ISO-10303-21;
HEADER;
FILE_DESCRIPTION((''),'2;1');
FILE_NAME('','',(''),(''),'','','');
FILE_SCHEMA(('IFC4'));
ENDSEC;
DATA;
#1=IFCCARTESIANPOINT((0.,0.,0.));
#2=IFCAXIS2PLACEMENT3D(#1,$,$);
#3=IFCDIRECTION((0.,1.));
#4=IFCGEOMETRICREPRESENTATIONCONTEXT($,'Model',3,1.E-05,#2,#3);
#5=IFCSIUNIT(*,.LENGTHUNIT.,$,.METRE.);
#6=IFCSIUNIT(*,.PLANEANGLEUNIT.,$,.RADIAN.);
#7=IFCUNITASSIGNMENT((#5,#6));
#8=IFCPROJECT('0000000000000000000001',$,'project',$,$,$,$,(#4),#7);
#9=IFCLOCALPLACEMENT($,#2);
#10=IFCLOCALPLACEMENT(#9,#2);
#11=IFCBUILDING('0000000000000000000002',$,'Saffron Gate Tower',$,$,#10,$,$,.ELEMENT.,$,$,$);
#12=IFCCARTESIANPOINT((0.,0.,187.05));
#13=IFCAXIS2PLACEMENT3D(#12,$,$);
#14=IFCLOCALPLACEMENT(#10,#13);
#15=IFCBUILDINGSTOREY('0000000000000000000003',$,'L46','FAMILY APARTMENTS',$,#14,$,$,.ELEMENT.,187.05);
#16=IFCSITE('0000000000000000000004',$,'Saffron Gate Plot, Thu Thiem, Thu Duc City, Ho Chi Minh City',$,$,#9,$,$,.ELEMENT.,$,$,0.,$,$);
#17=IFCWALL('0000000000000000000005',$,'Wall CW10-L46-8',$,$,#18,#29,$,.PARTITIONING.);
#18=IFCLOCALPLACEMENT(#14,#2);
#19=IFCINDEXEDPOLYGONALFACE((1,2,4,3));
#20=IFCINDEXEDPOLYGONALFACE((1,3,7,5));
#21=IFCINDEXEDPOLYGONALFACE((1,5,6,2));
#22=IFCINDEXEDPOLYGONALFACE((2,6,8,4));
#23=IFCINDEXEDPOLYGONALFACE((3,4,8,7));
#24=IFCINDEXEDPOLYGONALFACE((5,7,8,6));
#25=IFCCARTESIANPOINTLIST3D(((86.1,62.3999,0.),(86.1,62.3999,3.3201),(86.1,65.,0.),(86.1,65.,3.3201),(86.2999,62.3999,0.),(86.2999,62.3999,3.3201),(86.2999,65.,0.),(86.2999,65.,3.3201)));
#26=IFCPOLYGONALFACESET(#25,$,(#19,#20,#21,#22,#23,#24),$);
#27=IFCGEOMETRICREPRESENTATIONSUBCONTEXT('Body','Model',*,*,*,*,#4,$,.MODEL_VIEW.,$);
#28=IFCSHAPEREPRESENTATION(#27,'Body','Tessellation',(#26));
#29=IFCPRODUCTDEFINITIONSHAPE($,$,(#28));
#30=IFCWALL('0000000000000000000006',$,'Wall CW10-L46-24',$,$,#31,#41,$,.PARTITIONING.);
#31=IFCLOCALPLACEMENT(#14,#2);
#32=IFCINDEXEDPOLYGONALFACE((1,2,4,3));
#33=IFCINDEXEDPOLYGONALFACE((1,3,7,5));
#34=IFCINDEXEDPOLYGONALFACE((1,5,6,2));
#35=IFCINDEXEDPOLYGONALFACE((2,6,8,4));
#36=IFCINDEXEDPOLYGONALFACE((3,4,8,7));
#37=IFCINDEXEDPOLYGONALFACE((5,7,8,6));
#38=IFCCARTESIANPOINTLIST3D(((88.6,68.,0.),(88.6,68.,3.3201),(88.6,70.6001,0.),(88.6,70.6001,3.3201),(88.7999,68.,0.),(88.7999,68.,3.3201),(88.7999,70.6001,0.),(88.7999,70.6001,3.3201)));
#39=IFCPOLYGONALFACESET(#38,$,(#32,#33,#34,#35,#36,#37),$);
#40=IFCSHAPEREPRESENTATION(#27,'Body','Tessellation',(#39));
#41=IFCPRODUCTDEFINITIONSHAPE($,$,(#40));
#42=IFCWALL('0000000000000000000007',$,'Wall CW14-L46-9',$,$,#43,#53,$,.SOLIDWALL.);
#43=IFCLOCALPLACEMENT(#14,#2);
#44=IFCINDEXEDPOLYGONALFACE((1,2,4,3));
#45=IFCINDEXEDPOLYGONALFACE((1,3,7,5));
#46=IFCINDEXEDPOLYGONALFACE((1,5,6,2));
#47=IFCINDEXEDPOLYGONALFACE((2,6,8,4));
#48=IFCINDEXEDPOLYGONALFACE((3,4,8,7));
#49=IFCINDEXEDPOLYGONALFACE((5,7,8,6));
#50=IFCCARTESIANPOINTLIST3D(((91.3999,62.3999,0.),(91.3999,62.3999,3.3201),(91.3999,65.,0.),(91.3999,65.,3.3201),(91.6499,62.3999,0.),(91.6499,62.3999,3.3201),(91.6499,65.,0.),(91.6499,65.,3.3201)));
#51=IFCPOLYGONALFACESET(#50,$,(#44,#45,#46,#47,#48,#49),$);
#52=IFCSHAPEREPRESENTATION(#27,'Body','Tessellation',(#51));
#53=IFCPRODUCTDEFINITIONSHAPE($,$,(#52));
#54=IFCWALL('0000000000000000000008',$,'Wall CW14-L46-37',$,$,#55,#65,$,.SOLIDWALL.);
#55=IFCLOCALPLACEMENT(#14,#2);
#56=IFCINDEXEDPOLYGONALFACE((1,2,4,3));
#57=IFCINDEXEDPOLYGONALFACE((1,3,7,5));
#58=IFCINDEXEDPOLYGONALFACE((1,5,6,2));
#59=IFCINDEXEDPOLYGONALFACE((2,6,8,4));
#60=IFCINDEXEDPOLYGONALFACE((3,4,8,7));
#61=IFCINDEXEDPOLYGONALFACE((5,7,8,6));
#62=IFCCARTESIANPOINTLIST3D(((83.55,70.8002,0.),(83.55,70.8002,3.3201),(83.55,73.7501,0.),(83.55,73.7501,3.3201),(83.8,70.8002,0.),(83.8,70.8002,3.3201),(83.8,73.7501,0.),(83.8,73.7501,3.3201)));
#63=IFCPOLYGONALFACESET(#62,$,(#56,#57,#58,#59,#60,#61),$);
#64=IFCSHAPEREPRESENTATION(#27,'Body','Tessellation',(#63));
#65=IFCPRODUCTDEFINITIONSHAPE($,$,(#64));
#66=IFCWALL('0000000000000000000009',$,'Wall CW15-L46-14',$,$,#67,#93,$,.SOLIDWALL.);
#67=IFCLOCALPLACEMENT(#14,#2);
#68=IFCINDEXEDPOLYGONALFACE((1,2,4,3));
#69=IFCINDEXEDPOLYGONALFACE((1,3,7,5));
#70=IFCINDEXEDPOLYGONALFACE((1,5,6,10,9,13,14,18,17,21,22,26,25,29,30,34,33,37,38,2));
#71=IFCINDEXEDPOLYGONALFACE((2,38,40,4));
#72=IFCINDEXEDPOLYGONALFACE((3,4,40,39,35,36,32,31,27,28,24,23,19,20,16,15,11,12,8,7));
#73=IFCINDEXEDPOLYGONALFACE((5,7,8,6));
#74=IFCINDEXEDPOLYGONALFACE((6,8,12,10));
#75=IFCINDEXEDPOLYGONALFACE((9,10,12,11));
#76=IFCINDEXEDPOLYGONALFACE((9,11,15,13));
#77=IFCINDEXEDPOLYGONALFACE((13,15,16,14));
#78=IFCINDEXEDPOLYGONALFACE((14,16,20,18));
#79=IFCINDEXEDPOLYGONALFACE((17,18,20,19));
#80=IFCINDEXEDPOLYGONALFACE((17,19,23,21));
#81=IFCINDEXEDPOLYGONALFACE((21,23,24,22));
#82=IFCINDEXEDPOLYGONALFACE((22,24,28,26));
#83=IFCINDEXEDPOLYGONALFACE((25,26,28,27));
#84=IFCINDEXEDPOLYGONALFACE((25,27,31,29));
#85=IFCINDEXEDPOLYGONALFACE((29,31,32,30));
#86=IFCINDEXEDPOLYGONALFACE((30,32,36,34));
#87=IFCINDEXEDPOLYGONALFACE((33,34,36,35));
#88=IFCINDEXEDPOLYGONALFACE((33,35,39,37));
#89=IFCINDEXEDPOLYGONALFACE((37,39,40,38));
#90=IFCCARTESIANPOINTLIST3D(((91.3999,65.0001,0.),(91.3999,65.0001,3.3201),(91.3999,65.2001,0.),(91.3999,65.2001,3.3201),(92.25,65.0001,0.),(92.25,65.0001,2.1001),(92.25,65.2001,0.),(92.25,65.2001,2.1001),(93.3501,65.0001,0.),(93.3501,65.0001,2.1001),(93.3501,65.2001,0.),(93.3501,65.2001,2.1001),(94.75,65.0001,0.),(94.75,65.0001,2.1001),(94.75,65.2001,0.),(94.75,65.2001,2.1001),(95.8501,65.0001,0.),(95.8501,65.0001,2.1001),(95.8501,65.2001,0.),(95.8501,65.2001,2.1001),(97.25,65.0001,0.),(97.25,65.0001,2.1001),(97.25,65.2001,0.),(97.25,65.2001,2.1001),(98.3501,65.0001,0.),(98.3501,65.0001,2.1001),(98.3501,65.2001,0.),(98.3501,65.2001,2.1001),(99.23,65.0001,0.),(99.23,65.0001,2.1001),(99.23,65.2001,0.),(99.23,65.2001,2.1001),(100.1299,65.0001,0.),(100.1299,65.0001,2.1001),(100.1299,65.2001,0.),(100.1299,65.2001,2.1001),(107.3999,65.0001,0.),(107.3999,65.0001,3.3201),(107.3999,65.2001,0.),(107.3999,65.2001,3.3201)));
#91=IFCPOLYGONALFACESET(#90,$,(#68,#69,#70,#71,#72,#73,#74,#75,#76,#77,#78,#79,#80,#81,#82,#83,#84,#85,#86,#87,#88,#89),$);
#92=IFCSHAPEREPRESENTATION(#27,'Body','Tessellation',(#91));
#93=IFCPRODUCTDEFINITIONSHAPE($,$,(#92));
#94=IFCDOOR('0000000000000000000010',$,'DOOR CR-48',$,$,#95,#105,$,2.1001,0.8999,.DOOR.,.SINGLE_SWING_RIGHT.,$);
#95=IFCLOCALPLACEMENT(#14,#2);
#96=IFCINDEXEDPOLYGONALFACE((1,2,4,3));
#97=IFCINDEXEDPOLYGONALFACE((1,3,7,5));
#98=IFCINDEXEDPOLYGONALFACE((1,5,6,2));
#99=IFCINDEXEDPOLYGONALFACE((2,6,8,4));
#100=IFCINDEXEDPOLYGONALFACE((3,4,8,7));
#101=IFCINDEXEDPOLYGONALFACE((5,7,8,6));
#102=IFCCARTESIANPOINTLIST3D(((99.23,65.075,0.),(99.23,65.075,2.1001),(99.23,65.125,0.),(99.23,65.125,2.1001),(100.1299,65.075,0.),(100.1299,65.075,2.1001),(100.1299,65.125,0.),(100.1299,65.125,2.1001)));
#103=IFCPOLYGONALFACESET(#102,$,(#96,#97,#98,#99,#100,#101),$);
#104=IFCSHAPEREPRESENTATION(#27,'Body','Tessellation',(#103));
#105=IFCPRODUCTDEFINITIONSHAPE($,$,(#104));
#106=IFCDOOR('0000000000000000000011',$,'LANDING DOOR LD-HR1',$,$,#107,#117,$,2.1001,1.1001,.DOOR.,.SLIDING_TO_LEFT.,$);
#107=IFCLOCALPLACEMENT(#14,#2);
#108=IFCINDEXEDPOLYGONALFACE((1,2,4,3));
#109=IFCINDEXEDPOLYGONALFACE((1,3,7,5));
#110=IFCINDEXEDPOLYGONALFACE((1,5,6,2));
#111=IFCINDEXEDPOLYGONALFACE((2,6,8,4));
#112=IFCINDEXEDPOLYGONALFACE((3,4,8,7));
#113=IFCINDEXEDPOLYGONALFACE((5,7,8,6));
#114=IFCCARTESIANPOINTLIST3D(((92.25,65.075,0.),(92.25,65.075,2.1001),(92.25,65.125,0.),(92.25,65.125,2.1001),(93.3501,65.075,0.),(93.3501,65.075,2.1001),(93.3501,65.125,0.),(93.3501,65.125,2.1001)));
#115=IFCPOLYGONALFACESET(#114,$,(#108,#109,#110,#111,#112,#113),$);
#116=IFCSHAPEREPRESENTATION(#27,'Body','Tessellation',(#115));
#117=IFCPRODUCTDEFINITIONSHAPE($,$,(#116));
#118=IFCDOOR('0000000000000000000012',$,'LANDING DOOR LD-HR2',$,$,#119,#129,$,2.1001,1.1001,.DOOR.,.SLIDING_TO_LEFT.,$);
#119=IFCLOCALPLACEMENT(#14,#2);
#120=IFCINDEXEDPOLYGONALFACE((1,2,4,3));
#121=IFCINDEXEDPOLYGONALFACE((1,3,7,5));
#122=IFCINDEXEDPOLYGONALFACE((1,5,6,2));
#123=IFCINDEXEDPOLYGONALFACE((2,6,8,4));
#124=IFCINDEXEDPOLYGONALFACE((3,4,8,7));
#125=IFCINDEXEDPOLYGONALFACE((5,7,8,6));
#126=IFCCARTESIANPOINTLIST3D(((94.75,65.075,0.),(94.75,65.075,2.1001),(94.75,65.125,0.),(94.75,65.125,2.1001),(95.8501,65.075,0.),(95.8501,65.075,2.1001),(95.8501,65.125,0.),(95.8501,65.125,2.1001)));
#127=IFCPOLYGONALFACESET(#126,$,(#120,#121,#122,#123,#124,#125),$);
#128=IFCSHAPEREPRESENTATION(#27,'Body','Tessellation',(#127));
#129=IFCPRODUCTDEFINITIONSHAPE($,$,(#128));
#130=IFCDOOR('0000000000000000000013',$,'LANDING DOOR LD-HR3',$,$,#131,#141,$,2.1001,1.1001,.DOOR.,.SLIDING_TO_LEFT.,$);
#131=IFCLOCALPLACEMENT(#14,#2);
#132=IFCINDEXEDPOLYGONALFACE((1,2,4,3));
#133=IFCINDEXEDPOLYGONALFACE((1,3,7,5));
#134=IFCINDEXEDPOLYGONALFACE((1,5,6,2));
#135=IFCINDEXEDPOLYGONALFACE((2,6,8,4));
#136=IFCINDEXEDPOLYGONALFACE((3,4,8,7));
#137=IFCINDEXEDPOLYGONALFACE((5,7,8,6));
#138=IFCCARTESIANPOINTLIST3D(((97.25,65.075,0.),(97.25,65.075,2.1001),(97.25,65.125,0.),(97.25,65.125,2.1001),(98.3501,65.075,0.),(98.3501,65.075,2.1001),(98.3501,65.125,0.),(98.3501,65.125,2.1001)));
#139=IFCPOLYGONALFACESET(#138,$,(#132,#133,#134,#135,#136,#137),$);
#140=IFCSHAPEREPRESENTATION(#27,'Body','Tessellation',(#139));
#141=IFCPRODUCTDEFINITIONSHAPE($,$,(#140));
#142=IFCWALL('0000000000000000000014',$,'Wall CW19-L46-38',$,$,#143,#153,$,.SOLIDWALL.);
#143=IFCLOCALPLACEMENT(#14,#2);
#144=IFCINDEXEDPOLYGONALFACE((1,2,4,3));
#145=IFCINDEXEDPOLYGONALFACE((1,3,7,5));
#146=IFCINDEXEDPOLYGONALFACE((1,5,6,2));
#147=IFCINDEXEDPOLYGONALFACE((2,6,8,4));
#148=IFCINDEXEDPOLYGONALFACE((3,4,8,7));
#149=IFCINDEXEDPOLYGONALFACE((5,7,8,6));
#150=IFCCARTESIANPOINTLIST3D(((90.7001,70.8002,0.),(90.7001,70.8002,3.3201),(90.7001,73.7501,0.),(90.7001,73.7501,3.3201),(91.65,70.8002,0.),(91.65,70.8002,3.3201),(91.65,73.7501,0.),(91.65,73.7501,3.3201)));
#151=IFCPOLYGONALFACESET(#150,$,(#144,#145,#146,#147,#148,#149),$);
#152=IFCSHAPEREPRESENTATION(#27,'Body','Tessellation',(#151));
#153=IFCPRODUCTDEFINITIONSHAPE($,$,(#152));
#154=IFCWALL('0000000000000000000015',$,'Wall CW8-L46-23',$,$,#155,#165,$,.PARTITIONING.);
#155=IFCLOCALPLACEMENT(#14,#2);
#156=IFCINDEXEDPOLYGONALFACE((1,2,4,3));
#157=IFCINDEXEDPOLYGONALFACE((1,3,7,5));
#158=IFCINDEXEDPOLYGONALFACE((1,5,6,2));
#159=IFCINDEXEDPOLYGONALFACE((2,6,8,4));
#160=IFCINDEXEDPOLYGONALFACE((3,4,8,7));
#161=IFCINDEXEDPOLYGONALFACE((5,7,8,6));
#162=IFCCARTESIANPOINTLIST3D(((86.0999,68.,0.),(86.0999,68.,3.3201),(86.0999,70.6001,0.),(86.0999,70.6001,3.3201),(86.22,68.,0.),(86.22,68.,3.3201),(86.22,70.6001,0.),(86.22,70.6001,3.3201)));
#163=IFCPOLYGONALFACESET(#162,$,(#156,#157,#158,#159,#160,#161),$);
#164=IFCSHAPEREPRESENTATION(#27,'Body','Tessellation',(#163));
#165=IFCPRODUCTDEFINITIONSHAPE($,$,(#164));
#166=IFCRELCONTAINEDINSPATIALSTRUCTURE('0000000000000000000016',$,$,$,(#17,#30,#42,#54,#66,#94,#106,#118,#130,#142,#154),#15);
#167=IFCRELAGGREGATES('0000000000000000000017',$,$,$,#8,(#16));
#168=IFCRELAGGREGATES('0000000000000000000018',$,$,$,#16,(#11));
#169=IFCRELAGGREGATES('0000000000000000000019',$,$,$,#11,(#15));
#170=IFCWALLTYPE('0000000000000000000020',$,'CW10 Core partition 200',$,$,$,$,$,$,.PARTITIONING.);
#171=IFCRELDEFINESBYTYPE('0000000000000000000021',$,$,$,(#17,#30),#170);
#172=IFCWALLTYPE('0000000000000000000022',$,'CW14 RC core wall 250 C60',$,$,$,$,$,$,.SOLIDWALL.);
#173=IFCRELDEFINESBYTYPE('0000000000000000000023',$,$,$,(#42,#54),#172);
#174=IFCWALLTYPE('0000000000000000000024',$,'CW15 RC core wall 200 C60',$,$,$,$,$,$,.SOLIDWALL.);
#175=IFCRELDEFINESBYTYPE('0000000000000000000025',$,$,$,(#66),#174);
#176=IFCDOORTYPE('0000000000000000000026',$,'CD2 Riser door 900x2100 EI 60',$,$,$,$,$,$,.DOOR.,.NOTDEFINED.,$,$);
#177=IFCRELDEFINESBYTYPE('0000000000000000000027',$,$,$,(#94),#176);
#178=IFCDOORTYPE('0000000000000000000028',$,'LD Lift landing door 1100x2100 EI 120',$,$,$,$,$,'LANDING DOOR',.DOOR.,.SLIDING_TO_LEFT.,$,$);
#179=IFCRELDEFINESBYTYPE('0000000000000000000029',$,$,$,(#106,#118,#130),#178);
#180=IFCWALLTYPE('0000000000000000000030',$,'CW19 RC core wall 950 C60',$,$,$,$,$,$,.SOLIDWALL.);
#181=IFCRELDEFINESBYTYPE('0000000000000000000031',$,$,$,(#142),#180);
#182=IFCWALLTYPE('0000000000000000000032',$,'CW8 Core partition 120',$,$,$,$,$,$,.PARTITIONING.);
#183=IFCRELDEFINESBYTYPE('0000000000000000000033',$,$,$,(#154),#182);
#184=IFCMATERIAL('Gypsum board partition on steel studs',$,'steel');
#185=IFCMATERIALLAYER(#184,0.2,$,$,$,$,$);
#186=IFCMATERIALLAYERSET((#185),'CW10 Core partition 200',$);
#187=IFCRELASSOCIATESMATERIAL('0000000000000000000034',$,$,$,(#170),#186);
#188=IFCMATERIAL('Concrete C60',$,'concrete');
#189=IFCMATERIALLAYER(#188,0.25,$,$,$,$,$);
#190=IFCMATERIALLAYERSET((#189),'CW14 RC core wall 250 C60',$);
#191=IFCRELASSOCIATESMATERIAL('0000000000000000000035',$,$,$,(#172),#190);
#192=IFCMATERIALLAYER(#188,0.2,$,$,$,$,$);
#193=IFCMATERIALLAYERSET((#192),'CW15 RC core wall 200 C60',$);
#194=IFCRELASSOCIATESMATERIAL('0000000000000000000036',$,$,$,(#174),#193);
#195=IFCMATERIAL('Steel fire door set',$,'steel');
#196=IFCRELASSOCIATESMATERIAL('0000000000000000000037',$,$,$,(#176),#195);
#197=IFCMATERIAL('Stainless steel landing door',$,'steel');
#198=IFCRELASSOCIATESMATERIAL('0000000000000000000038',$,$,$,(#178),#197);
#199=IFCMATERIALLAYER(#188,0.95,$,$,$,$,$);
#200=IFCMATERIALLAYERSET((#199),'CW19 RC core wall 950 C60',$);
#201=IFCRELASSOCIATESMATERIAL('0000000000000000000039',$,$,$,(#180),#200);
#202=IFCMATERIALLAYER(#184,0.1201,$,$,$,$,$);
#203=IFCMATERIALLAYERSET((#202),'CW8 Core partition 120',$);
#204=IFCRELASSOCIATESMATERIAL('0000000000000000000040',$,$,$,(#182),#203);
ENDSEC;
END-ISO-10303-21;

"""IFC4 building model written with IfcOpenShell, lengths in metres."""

from ifc_helpers import new_model, si_unit, direction, frame, frame_2d, origin, place, context, subcontext, project, spatial, rectangle, extrude, material, layer, layer_set, type_object, element, fill, save


model = new_model("IFC4")

# Units and contexts
model_context = context("Model", 3, precision=1e-05, world=origin(), true_north=direction((0.0, 1.0)))
body_context = subcontext(model_context, "Body", "Model", "MODEL_VIEW")
ifc_project = project(units=[si_unit("LENGTHUNIT", "METRE"), si_unit("PLANEANGLEUNIT", "RADIAN")], contexts=[model_context])

# Site, building, storey
site_placement = place(None, origin())
site = spatial("IfcSite", under=ifc_project, at=site_placement, Name="Saffron Gate Plot, Thu Thiem, Thu Duc City, Ho Chi Minh City", CompositionType="ELEMENT", RefElevation=0.0)
building_placement = place(site_placement, origin())
building = spatial("IfcBuilding", under=site, at=building_placement, Name="Saffron Gate Tower", CompositionType="ELEMENT")
storey_placement = place(building_placement, frame((0.0, 0.0, 187.05)))
storey = spatial("IfcBuildingStorey", under=building, at=storey_placement, Name="L46", Description="FAMILY APARTMENTS", CompositionType="ELEMENT", Elevation=187.05)

# Walls
ifc_material_1 = material(Name="Gypsum board partition on steel studs", Category="steel")
ifc_layer_1 = layer(ifc_material_1, 0.2)
ifc_layer_set_1 = layer_set([ifc_layer_1], Name="CW10 Core partition 200")
wall_type_1 = type_object("IfcWallType", Name="CW10 Core partition 200", PredefinedType="PARTITIONING", material=ifc_layer_set_1)
for number, where, z_axis, x_axis, name in (
    (1, (86.2, 62.3999, 0.0), (0.0, 0.0, 1.0), (0.0, 1.0, 0.0), "Wall CW10-L46-8"),
    (2, (88.7, 68.0, 0.0), (0.0, 0.0, 1.0), (0.0, 1.0, 0.0), "Wall CW10-L46-24"),
):
    element("IfcWall", number, at=place(storey_placement, frame(where, z_axis=z_axis, x_axis=x_axis)), inside=storey, type_object=wall_type_1, Name=name, PredefinedType="PARTITIONING", context=body_context, shape_type="SweptSolid", body=[
        extrude(rectangle(XDim=2.6001, YDim=0.2, at=frame_2d((1.3, 0.0))), origin(), (0.0, 0.0, 1.0), 3.3201),
    ])
ifc_material_2 = material(Name="Concrete C60", Category="concrete")
ifc_layer_2 = layer(ifc_material_2, 0.25)
ifc_layer_set_2 = layer_set([ifc_layer_2], Name="CW14 RC core wall 250 C60")
wall_type_2 = type_object("IfcWallType", Name="CW14 RC core wall 250 C60", PredefinedType="SOLIDWALL", material=ifc_layer_set_2)
wall_1_placement = place(storey_placement, frame((91.5249, 62.3999, 0.0), z_axis=(0.0, 0.0, 1.0), x_axis=(0.0, 1.0, 0.0)))
element("IfcWall", 3, at=wall_1_placement, inside=storey, type_object=wall_type_2, Name="Wall CW14-L46-9", PredefinedType="SOLIDWALL", context=body_context, shape_type="SweptSolid", body=[
    extrude(rectangle(XDim=2.6001, YDim=0.25, at=frame_2d((1.3, 0.0))), origin(), (0.0, 0.0, 1.0), 3.3201),
])
wall_2_placement = place(storey_placement, frame((83.675, 70.8, 0.0), z_axis=(0.0, 0.0, 1.0), x_axis=(0.0, 1.0, 0.0)))
element("IfcWall", 4, at=wall_2_placement, inside=storey, type_object=wall_type_2, Name="Wall CW14-L46-37", PredefinedType="SOLIDWALL", context=body_context, shape_type="SweptSolid", body=[
    extrude(rectangle(XDim=2.95, YDim=0.25, at=frame_2d((1.4751, 0.0))), origin(), (0.0, 0.0, 1.0), 3.3201),
])

# Wall, openings, doors
ifc_layer_3 = layer(ifc_material_2, 0.2)
ifc_layer_set_3 = layer_set([ifc_layer_3], Name="CW15 RC core wall 200 C60")
wall_type_3 = type_object("IfcWallType", Name="CW15 RC core wall 200 C60", PredefinedType="SOLIDWALL", material=ifc_layer_set_3)
wall_3_placement = place(storey_placement, frame((91.3999, 65.1001, 0.0), z_axis=(0.0, 0.0, 1.0), x_axis=(1.0, 0.0, 0.0)))
wall_3 = element("IfcWall", 5, at=wall_3_placement, inside=storey, type_object=wall_type_3, Name="Wall CW15-L46-14", PredefinedType="SOLIDWALL", context=body_context, shape_type="SweptSolid", body=[
    extrude(rectangle(XDim=16.0, YDim=0.2, at=frame_2d((8.0, 0.0))), origin(), (0.0, 0.0, 1.0), 3.3201),
])
opening_1_placement = place(wall_3_placement, frame((0.8501, 0.0, 0.0)))
opening_1 = element("IfcOpeningElement", 6, at=opening_1_placement, cuts=wall_3, PredefinedType="OPENING", context=body_context, shape_type="SweptSolid", body=[
    extrude(rectangle(XDim=1.1001, YDim=2.1001, at=frame_2d((0.55, 1.05))), frame((0.0, 0.1099, 0.0), z_axis=(0.0, -1.0, 0.0), x_axis=(1.0, 0.0, 0.0)), (0.0, 0.0, 1.0), 0.22),
])
opening_2_placement = place(wall_3_placement, frame((3.3501, 0.0, 0.0)))
opening_2 = element("IfcOpeningElement", 7, at=opening_2_placement, cuts=wall_3, PredefinedType="OPENING", context=body_context, shape_type="SweptSolid", body=[
    extrude(rectangle(XDim=1.1001, YDim=2.1001, at=frame_2d((0.55, 1.05))), frame((0.0, 0.1099, 0.0), z_axis=(0.0, -1.0, 0.0), x_axis=(1.0, 0.0, 0.0)), (0.0, 0.0, 1.0), 0.22),
])
opening_3_placement = place(wall_3_placement, frame((5.8501, 0.0, 0.0)))
opening_3 = element("IfcOpeningElement", 8, at=opening_3_placement, cuts=wall_3, PredefinedType="OPENING", context=body_context, shape_type="SweptSolid", body=[
    extrude(rectangle(XDim=1.1001, YDim=2.1001, at=frame_2d((0.55, 1.05))), frame((0.0, 0.1099, 0.0), z_axis=(0.0, -1.0, 0.0), x_axis=(1.0, 0.0, 0.0)), (0.0, 0.0, 1.0), 0.22),
])
opening_4_placement = place(wall_3_placement, frame((7.8301, 0.0, 0.0)))
opening_4 = element("IfcOpeningElement", 9, at=opening_4_placement, cuts=wall_3, PredefinedType="OPENING", context=body_context, shape_type="SweptSolid", body=[
    extrude(rectangle(XDim=0.8999, YDim=2.1001, at=frame_2d((0.45, 1.05))), frame((0.0, 0.1099, 0.0), z_axis=(0.0, -1.0, 0.0), x_axis=(1.0, 0.0, 0.0)), (0.0, 0.0, 1.0), 0.22),
])
ifc_material_3 = material(Name="Steel fire door set", Category="steel")
door_type_1 = type_object("IfcDoorType", Name="CD2 Riser door 900x2100 EI 60", OperationType="NOTDEFINED", PredefinedType="DOOR", material=ifc_material_3)
door_1_placement = place(opening_4_placement, origin())
door_1 = element("IfcDoor", 10, at=door_1_placement, inside=storey, type_object=door_type_1, Name="DOOR CR-48", OperationType="SINGLE_SWING_RIGHT", OverallHeight=2.1001, OverallWidth=0.8999, PredefinedType="DOOR", context=body_context, shape_type="SweptSolid", body=[
    extrude(rectangle(XDim=0.8999, YDim=2.1001, at=frame_2d((0.45, 1.05))), frame((0.0, 0.0249, 0.0), z_axis=(0.0, -1.0, 0.0), x_axis=(1.0, 0.0, 0.0)), (0.0, 0.0, 1.0), 0.05),
])
fill(opening_4, door_1)
ifc_material_4 = material(Name="Stainless steel landing door", Category="steel")
door_type_2 = type_object("IfcDoorType", Name="LD Lift landing door 1100x2100 EI 120", ElementType="LANDING DOOR", OperationType="SLIDING_TO_LEFT", PredefinedType="DOOR", material=ifc_material_4)
door_2_placement = place(opening_1_placement, origin())
door_2 = element("IfcDoor", 11, at=door_2_placement, inside=storey, type_object=door_type_2, Name="LANDING DOOR LD-HR1", OperationType="SLIDING_TO_LEFT", OverallHeight=2.1001, OverallWidth=1.1001, PredefinedType="DOOR", context=body_context, shape_type="SweptSolid", body=[
    extrude(rectangle(XDim=1.1001, YDim=2.1001, at=frame_2d((0.55, 1.05))), frame((0.0, 0.0249, 0.0), z_axis=(0.0, -1.0, 0.0), x_axis=(1.0, 0.0, 0.0)), (0.0, 0.0, 1.0), 0.05),
])
fill(opening_1, door_2)
door_3_placement = place(opening_2_placement, origin())
door_3 = element("IfcDoor", 12, at=door_3_placement, inside=storey, type_object=door_type_2, Name="LANDING DOOR LD-HR2", OperationType="SLIDING_TO_LEFT", OverallHeight=2.1001, OverallWidth=1.1001, PredefinedType="DOOR", context=body_context, shape_type="SweptSolid", body=[
    extrude(rectangle(XDim=1.1001, YDim=2.1001, at=frame_2d((0.55, 1.05))), frame((0.0, 0.0249, 0.0), z_axis=(0.0, -1.0, 0.0), x_axis=(1.0, 0.0, 0.0)), (0.0, 0.0, 1.0), 0.05),
])
fill(opening_2, door_3)
door_4_placement = place(opening_3_placement, origin())
door_4 = element("IfcDoor", 13, at=door_4_placement, inside=storey, type_object=door_type_2, Name="LANDING DOOR LD-HR3", OperationType="SLIDING_TO_LEFT", OverallHeight=2.1001, OverallWidth=1.1001, PredefinedType="DOOR", context=body_context, shape_type="SweptSolid", body=[
    extrude(rectangle(XDim=1.1001, YDim=2.1001, at=frame_2d((0.55, 1.05))), frame((0.0, 0.0249, 0.0), z_axis=(0.0, -1.0, 0.0), x_axis=(1.0, 0.0, 0.0)), (0.0, 0.0, 1.0), 0.05),
])
fill(opening_3, door_4)

# Walls
ifc_layer_4 = layer(ifc_material_2, 0.95)
ifc_layer_set_4 = layer_set([ifc_layer_4], Name="CW19 RC core wall 950 C60")
wall_type_4 = type_object("IfcWallType", Name="CW19 RC core wall 950 C60", PredefinedType="SOLIDWALL", material=ifc_layer_set_4)
wall_4_placement = place(storey_placement, frame((91.175, 70.8, 0.0), z_axis=(0.0, 0.0, 1.0), x_axis=(0.0, 1.0, 0.0)))
element("IfcWall", 14, at=wall_4_placement, inside=storey, type_object=wall_type_4, Name="Wall CW19-L46-38", PredefinedType="SOLIDWALL", context=body_context, shape_type="SweptSolid", body=[
    extrude(rectangle(XDim=2.95, YDim=0.95, at=frame_2d((1.4751, 0.0))), origin(), (0.0, 0.0, 1.0), 3.3201),
])
ifc_layer_5 = layer(ifc_material_1, 0.1201)
ifc_layer_set_5 = layer_set([ifc_layer_5], Name="CW8 Core partition 120")
wall_type_5 = type_object("IfcWallType", Name="CW8 Core partition 120", PredefinedType="PARTITIONING", material=ifc_layer_set_5)
wall_5_placement = place(storey_placement, frame((86.1599, 68.0, 0.0), z_axis=(0.0, 0.0, 1.0), x_axis=(0.0, 1.0, 0.0)))
element("IfcWall", 15, at=wall_5_placement, inside=storey, type_object=wall_type_5, Name="Wall CW8-L46-23", PredefinedType="PARTITIONING", context=body_context, shape_type="SweptSolid", body=[
    extrude(rectangle(XDim=2.6001, YDim=0.1201, at=frame_2d((1.3, 0.0))), origin(), (0.0, 0.0, 1.0), 3.3201),
])

save(model, "model.ifc")
